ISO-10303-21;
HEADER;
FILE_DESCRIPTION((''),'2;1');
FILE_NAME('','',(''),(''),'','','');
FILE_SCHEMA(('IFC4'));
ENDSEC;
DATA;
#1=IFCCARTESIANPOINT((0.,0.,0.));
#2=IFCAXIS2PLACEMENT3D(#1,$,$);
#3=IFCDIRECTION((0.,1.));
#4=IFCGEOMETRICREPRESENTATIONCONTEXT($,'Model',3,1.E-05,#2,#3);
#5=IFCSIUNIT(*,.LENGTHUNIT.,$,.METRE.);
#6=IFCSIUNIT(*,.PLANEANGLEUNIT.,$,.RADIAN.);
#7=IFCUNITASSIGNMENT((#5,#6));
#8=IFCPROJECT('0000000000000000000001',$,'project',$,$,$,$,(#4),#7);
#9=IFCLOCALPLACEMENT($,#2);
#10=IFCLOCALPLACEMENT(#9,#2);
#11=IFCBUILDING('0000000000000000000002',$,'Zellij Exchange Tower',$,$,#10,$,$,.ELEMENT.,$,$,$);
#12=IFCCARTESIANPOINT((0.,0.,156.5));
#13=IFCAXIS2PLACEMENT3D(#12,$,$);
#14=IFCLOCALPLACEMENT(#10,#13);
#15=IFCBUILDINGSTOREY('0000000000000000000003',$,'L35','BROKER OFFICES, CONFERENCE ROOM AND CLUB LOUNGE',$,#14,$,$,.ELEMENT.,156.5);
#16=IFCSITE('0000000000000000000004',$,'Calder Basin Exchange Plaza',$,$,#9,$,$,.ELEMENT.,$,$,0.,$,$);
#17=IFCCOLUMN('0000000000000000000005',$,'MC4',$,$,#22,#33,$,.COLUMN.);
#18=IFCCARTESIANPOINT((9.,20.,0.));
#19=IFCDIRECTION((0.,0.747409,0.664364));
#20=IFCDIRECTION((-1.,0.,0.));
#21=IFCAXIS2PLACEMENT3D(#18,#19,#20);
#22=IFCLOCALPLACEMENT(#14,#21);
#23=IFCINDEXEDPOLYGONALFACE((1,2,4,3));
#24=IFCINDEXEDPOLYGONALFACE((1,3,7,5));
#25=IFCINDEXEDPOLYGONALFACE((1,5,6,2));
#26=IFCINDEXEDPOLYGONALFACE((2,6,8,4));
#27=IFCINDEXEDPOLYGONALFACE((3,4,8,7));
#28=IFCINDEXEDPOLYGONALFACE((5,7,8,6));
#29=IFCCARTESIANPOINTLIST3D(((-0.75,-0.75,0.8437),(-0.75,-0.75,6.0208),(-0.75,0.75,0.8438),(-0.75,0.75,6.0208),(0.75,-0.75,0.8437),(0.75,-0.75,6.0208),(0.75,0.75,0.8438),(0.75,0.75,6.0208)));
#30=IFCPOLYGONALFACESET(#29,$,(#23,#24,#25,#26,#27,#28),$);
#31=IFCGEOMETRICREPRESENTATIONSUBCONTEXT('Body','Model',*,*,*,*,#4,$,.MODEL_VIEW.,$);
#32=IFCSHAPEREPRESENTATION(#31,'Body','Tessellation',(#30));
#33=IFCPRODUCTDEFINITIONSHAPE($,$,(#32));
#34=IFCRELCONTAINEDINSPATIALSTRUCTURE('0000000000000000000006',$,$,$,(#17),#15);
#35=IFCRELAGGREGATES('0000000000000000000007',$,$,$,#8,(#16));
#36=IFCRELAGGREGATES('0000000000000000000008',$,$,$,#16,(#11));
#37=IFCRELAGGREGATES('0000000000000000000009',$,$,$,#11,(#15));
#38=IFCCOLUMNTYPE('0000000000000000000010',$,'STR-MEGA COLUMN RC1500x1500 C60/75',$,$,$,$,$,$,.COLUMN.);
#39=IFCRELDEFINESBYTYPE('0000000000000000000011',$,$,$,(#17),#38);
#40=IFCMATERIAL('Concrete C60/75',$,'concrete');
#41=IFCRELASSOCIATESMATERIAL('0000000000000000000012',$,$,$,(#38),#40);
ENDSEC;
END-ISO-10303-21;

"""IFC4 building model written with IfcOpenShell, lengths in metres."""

from ifc_helpers import new_model, si_unit, direction, frame, origin, origin_2d, place, context, subcontext, project, spatial, rectangle, extrude, clip, halfspace, material, material_profile, profile_set, type_object, element, save


model = new_model("IFC4")

# Units and contexts
model_context = context("Model", 3, precision=1e-05, world=origin(), true_north=direction((0.0, 1.0)))
body_context = subcontext(model_context, "Body", "Model", "MODEL_VIEW")
ifc_project = project(units=[si_unit("LENGTHUNIT", "METRE"), si_unit("PLANEANGLEUNIT", "RADIAN")], contexts=[model_context])

# Site, building, storey
site_placement = place(None, origin())
site = spatial("IfcSite", under=ifc_project, at=site_placement, Name="Calder Basin Exchange Plaza", CompositionType="ELEMENT", RefElevation=0.0)
building_placement = place(site_placement, origin())
building = spatial("IfcBuilding", under=site, at=building_placement, Name="Zellij Exchange Tower", CompositionType="ELEMENT")
storey_placement = place(building_placement, frame((0.0, 0.0, 156.5)))
storey = spatial("IfcBuildingStorey", under=building, at=storey_placement, Name="L35", Description="BROKER OFFICES, CONFERENCE ROOM AND CLUB LOUNGE", CompositionType="ELEMENT", Elevation=156.5)

# Column
ifc_material_1 = material(Name="Concrete C60/75", Category="concrete")
ifc_material_profile_1 = material_profile(ifc_material_1, rectangle(XDim=1.5, YDim=1.5, at=origin_2d()), Name="STR-MEGA COLUMN RC1500x1500 C60/75")
ifc_profile_set_1 = profile_set([ifc_material_profile_1], Name="Concrete C60/75")
column_type_1 = type_object("IfcColumnType", Name="STR-MEGA COLUMN RC1500x1500 C60/75", PredefinedType="COLUMN", material=ifc_profile_set_1)
column_placement = place(storey_placement, frame((9.0, 20.0, 0.0), z_axis=(0.0, 0.747409, 0.664364), x_axis=(-1.0, 0.0, 0.0)))
element("IfcColumn", 1, at=column_placement, inside=storey, type_object=column_type_1, Name="MC4", PredefinedType="COLUMN", context=body_context, shape_type="Clipping", body=[
    clip(extrude(rectangle(XDim=1.5, YDim=1.5, at=origin_2d()), origin(), (0.0, 0.0, 1.0), 6.0208), halfspace(frame((0.0, 0.0, 0.8438)), True)),
])

save(model, "model.ifc")
